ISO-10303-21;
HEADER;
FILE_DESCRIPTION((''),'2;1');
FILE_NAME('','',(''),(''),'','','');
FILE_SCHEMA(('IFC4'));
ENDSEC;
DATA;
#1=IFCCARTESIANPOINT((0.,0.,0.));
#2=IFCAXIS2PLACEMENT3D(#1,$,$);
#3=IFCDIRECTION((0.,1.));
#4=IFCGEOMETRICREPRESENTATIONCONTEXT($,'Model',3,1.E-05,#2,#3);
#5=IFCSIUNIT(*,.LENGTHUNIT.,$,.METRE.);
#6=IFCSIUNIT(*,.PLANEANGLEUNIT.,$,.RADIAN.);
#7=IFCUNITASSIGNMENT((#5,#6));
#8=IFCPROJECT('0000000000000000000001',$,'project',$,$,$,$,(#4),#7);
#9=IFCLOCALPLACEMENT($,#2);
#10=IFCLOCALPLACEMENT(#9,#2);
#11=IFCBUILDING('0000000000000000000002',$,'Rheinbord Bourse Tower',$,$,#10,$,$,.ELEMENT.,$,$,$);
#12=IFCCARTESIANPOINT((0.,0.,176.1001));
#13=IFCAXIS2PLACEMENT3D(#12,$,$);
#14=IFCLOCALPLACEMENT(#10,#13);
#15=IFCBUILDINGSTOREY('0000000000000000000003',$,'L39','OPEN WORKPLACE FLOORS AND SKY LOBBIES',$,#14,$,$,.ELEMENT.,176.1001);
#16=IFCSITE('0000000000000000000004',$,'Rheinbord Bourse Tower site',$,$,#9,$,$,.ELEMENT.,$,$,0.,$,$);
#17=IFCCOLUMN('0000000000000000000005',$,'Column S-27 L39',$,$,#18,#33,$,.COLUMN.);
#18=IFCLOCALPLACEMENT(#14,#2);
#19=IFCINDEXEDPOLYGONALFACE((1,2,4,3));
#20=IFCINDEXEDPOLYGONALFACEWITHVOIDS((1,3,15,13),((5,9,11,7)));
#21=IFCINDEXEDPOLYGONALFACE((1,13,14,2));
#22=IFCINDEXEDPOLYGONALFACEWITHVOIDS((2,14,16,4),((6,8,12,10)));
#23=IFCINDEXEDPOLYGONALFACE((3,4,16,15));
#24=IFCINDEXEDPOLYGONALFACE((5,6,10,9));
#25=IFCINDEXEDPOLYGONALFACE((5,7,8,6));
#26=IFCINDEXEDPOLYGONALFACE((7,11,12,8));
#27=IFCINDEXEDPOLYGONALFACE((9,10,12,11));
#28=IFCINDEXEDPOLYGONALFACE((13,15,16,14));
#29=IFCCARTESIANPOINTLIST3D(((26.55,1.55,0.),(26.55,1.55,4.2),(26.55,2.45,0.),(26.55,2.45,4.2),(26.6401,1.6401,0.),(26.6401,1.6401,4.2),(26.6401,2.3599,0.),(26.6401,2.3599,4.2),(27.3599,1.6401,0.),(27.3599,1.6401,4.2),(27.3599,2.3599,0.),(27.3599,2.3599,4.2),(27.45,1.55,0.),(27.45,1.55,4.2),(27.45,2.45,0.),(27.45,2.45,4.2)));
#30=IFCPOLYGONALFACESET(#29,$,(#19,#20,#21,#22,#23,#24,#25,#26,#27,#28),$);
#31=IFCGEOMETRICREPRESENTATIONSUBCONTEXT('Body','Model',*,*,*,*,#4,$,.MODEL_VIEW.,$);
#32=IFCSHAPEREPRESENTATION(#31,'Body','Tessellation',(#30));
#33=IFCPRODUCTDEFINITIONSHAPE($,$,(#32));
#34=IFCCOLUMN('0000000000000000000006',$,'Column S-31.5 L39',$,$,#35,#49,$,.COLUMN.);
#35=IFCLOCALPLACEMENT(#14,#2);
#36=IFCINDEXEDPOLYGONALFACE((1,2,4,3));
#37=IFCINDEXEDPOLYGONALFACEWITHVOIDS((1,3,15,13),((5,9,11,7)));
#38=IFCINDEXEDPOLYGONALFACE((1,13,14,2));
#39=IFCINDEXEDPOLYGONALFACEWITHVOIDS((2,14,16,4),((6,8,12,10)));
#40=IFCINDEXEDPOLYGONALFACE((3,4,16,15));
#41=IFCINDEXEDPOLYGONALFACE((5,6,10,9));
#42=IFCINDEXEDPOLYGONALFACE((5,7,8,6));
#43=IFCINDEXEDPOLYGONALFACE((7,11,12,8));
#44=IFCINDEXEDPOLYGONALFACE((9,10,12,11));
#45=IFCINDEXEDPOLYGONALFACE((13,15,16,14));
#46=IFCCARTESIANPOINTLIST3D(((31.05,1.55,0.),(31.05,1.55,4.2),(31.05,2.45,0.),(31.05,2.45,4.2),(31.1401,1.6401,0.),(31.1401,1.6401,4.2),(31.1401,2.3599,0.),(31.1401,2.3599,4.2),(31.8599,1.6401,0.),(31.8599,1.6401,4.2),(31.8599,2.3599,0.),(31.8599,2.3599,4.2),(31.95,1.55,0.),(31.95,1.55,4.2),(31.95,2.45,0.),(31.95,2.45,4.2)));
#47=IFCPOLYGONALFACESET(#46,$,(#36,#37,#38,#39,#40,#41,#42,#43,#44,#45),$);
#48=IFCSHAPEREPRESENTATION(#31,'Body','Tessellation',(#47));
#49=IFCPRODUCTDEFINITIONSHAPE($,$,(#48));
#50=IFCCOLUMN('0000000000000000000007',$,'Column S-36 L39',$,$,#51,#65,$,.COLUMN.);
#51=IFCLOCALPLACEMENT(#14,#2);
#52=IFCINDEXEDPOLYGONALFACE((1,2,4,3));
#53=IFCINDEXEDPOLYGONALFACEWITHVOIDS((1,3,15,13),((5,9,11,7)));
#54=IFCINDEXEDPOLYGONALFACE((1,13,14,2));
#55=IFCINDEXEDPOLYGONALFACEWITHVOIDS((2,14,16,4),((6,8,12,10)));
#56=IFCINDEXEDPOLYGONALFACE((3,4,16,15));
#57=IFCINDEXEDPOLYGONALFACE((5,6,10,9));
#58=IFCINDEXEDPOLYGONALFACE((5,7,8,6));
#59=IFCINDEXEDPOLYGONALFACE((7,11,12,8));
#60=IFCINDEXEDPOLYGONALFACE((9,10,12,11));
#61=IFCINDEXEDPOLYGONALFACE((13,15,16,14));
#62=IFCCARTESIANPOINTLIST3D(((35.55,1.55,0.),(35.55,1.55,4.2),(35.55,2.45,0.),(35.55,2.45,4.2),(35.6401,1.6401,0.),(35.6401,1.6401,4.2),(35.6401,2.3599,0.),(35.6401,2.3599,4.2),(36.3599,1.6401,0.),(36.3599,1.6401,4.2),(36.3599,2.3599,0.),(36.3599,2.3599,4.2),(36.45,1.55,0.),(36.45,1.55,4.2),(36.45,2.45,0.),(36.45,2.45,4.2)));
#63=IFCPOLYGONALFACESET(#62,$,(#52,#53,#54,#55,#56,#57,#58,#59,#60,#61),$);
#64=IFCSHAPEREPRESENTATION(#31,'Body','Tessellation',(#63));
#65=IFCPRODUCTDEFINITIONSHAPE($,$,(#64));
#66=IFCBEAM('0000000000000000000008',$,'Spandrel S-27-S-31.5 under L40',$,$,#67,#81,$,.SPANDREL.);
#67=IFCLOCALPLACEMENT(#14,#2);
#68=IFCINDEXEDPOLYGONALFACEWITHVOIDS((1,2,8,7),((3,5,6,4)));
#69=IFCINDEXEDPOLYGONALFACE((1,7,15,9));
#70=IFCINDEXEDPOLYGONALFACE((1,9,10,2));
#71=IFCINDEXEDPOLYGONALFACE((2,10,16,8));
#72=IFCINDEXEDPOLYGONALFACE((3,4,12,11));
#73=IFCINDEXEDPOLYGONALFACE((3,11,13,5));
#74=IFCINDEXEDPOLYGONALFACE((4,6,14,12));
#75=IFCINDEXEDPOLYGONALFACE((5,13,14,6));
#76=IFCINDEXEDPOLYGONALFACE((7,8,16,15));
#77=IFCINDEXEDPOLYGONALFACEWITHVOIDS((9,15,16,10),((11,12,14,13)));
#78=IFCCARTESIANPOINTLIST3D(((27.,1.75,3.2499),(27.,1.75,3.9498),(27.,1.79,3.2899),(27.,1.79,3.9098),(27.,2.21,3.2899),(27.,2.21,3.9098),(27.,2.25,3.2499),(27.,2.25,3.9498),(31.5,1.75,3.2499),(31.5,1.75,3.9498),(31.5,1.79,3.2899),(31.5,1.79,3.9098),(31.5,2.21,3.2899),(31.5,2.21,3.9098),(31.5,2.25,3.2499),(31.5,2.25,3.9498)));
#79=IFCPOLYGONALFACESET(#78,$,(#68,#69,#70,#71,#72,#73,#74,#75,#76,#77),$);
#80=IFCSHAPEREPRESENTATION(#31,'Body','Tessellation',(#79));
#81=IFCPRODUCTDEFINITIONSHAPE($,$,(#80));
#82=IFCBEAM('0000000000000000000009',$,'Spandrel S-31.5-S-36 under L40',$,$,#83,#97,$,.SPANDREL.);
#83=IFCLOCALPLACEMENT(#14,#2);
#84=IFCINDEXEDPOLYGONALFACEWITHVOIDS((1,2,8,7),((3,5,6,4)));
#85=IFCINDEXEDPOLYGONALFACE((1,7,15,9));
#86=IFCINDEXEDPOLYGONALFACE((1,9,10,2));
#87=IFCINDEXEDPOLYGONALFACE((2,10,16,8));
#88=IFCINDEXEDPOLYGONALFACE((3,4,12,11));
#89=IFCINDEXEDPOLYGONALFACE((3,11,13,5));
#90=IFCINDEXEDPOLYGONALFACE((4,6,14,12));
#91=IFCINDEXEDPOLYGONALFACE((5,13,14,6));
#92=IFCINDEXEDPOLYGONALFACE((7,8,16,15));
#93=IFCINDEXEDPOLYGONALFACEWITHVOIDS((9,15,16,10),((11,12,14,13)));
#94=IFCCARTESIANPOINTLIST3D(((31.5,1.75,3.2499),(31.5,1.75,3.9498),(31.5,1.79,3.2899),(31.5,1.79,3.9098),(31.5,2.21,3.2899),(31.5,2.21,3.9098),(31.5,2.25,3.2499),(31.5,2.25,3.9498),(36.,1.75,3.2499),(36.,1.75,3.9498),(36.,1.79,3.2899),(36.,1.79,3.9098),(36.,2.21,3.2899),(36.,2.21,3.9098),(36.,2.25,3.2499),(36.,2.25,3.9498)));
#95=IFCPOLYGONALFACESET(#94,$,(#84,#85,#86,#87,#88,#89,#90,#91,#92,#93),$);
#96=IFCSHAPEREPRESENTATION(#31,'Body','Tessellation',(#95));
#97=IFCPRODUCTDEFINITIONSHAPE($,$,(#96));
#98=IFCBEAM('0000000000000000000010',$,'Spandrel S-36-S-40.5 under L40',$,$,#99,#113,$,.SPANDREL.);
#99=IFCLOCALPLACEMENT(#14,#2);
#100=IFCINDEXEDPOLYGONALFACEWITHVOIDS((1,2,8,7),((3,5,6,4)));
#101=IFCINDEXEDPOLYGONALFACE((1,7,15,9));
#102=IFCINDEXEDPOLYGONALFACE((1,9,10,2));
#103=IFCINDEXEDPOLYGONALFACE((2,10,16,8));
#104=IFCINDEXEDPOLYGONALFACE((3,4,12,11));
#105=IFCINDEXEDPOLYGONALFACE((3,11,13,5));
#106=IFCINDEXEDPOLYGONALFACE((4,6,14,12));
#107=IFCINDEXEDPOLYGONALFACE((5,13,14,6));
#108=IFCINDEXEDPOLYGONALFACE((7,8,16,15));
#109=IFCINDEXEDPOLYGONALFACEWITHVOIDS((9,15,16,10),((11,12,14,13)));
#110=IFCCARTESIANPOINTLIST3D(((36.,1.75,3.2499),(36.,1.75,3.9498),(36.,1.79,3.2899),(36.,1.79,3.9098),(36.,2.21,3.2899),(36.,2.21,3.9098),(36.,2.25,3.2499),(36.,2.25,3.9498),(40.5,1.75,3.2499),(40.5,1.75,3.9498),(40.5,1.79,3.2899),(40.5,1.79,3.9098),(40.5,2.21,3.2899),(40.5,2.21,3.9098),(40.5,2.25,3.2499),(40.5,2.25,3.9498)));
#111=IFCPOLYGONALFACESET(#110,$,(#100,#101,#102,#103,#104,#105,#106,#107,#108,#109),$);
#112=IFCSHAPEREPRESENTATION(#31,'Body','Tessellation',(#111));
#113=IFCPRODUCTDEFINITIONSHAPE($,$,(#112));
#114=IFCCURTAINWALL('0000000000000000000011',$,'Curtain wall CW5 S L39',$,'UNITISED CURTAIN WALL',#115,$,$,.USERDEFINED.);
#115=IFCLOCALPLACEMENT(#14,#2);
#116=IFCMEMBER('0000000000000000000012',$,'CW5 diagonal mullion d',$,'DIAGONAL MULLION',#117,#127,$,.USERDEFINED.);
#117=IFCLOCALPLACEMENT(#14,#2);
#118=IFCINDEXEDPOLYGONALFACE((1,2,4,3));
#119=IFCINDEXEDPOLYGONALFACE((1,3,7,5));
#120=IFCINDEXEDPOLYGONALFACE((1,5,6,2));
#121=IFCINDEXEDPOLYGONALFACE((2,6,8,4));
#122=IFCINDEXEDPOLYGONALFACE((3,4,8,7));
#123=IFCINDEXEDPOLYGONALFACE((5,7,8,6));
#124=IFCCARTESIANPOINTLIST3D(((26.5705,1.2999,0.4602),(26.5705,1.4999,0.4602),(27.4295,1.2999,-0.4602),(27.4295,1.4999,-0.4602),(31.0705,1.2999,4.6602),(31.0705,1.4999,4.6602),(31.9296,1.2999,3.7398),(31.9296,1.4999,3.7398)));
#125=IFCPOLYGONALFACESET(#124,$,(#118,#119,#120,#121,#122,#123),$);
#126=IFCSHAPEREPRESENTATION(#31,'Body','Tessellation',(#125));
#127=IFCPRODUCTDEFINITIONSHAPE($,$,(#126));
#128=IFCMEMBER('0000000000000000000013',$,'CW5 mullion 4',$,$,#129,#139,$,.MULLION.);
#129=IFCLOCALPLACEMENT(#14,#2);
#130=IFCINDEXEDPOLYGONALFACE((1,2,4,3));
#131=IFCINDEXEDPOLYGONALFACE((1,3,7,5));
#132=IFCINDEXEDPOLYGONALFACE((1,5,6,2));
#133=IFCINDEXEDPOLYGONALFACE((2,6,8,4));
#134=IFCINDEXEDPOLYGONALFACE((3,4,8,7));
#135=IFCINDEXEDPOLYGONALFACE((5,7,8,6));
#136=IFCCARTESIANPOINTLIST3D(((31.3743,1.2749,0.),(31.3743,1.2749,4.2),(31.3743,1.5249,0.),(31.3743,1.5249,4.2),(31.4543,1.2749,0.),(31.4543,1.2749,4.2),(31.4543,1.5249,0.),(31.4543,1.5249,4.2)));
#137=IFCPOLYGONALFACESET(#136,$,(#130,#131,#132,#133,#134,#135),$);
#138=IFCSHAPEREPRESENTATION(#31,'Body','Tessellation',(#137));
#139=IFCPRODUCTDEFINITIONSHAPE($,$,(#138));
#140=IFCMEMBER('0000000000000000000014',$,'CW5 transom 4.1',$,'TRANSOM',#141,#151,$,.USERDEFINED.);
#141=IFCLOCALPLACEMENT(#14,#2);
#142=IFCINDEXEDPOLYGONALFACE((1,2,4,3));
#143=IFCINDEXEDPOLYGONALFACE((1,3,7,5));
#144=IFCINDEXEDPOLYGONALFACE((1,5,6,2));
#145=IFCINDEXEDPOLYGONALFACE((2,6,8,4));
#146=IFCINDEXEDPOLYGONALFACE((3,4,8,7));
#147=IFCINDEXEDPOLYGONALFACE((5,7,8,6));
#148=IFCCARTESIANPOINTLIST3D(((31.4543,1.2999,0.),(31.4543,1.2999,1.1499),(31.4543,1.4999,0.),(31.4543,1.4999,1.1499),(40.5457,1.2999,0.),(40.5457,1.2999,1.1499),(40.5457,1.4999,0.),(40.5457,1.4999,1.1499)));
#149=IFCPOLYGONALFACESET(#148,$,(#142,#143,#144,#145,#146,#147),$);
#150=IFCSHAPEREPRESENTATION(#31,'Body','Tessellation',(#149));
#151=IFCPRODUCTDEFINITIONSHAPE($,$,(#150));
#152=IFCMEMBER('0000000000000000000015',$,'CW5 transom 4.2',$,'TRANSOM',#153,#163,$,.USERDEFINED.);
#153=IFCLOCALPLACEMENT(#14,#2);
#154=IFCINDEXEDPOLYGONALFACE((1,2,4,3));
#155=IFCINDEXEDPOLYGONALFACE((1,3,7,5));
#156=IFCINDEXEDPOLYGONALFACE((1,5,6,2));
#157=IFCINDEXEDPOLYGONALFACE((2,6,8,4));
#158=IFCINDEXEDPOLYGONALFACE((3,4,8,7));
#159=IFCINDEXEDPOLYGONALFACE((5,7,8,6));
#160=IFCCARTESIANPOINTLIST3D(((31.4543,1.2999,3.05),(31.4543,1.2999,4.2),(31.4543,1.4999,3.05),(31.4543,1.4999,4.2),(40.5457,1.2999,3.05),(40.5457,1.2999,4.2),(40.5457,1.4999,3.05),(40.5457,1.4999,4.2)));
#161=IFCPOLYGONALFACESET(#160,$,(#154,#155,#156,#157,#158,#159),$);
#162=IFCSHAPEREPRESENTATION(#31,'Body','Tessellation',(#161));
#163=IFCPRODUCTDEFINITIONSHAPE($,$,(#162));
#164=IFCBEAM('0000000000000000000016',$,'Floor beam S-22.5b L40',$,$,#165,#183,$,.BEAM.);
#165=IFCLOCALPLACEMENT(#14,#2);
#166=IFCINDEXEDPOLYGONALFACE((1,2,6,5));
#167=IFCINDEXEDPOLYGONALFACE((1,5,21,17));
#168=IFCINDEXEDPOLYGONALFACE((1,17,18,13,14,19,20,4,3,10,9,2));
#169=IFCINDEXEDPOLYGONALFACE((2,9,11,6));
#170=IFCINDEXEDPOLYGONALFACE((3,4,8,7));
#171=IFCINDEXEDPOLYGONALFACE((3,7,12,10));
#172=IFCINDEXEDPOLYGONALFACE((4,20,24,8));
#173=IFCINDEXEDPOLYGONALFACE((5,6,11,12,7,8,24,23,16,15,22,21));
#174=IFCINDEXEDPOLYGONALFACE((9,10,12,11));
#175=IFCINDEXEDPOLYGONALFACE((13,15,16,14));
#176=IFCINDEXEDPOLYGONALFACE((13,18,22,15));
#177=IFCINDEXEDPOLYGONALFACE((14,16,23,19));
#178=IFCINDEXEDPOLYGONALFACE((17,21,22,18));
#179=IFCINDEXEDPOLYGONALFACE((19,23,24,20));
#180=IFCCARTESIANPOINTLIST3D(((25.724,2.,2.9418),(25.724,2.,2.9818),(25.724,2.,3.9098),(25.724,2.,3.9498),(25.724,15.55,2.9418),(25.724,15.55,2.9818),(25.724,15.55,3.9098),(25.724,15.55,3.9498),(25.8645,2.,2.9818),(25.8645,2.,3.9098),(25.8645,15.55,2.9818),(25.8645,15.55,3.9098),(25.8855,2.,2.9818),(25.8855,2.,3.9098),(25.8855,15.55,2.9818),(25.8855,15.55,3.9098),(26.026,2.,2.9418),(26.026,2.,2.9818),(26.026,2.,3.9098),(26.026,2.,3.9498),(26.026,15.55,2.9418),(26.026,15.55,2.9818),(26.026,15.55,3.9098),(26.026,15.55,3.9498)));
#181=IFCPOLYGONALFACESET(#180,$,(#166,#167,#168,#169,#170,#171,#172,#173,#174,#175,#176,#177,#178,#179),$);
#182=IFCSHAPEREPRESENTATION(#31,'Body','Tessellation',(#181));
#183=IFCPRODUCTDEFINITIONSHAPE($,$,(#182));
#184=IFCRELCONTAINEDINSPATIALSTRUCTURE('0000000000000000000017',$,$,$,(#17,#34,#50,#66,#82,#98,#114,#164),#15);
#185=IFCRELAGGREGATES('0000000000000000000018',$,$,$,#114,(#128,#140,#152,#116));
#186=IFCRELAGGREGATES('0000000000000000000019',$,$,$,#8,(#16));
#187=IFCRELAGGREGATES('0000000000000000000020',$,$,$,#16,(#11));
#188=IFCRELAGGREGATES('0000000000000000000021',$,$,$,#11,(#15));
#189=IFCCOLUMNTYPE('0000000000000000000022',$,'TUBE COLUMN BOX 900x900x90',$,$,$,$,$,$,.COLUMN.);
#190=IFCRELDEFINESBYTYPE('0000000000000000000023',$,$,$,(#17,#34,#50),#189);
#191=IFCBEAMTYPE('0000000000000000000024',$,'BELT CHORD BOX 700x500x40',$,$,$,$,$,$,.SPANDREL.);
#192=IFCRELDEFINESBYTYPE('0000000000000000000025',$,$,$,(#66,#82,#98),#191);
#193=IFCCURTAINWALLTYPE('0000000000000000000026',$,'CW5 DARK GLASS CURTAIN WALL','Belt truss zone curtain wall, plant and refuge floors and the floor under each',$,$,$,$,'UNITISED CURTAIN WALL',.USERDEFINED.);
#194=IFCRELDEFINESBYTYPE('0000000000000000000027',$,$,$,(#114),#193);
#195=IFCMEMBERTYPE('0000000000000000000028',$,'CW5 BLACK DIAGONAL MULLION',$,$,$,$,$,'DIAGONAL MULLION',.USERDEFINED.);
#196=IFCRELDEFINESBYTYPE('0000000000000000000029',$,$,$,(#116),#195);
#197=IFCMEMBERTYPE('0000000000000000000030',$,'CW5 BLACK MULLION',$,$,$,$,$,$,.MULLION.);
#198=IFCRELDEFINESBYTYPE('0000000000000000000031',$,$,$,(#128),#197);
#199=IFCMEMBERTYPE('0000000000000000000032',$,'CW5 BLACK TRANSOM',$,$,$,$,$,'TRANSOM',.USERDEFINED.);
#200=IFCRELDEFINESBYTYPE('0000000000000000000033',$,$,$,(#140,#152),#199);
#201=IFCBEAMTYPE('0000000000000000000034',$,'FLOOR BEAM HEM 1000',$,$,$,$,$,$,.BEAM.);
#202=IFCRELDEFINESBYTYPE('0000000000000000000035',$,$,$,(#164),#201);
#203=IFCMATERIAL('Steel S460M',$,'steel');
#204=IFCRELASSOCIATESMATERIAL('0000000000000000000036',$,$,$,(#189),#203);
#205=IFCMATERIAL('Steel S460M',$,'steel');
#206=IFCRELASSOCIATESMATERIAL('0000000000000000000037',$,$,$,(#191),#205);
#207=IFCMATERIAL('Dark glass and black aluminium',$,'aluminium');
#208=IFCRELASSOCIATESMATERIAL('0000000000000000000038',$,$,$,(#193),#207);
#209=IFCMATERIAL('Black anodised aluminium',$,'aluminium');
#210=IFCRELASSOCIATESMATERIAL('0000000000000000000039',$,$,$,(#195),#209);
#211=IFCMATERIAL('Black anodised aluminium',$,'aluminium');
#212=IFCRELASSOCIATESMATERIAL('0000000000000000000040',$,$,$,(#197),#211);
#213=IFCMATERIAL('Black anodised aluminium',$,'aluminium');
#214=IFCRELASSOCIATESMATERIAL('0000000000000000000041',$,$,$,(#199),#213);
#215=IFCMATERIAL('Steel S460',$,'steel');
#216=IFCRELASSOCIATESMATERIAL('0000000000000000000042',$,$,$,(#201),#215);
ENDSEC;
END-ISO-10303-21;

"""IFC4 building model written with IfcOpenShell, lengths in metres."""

from ifc_helpers import new_model, si_unit, direction, frame, origin, origin_2d, place, context, subcontext, project, spatial, rectangle, hollow_rectangle, i_section, extrude, material, material_profile, profile_set, type_object, element, aggregate, save


model = new_model("IFC4")

# Units and contexts
model_context = context("Model", 3, precision=1e-05, world=origin(), true_north=direction((0.0, 1.0)))
body_context = subcontext(model_context, "Body", "Model", "MODEL_VIEW")
ifc_project = project(units=[si_unit("LENGTHUNIT", "METRE"), si_unit("PLANEANGLEUNIT", "RADIAN")], contexts=[model_context])

# Site, building, storey
site_placement = place(None, origin())
site = spatial("IfcSite", under=ifc_project, at=site_placement, Name="Rheinbord Bourse Tower site", CompositionType="ELEMENT", RefElevation=0.0)
building_placement = place(site_placement, origin())
building = spatial("IfcBuilding", under=site, at=building_placement, Name="Rheinbord Bourse Tower", CompositionType="ELEMENT")
storey_placement = place(building_placement, frame((0.0, 0.0, 176.1001)))
storey = spatial("IfcBuildingStorey", under=building, at=storey_placement, Name="L39", Description="OPEN WORKPLACE FLOORS AND SKY LOBBIES", CompositionType="ELEMENT", Elevation=176.1001)

# Columns
ifc_material_1 = material(Name="Steel S460M", Category="steel")
ifc_material_profile_1 = material_profile(ifc_material_1, hollow_rectangle(XDim=0.8999, YDim=0.8999, WallThickness=0.0901, at=origin_2d()), Name="BOX 900x900x90")
ifc_profile_set_1 = profile_set([ifc_material_profile_1], Name="Steel S460M")
column_type = type_object("IfcColumnType", Name="TUBE COLUMN BOX 900x900x90", PredefinedType="COLUMN", material=ifc_profile_set_1)
for number, where, z_axis, x_axis, name in (
    (1, (27.0, 2.0, 0.0), (0.0, 0.0, 1.0), (0.0, 1.0, 0.0), "Column S-27 L39"),
    (2, (31.5, 2.0, 0.0), (0.0, 0.0, 1.0), (0.0, 1.0, 0.0), "Column S-31.5 L39"),
    (3, (36.0, 2.0, 0.0), (0.0, 0.0, 1.0), (0.0, 1.0, 0.0), "Column S-36 L39"),
):
    element("IfcColumn", number, at=place(storey_placement, frame(where, z_axis=z_axis, x_axis=x_axis)), inside=storey, type_object=column_type, Name=name, PredefinedType="COLUMN", context=body_context, shape_type="SweptSolid", body=[
        extrude(hollow_rectangle(XDim=0.8999, YDim=0.8999, WallThickness=0.0901, at=origin_2d()), origin(), (0.0, 0.0, 1.0), 4.2),
    ])

# Beams
ifc_material_2 = material(Name="Steel S460M", Category="steel")
ifc_material_profile_2 = material_profile(ifc_material_2, hollow_rectangle(XDim=0.5, YDim=0.7, WallThickness=0.04, at=origin_2d()), Name="BOX 700x500x40")
ifc_profile_set_2 = profile_set([ifc_material_profile_2], Name="Steel S460M")
beam_type_1 = type_object("IfcBeamType", Name="BELT CHORD BOX 700x500x40", PredefinedType="SPANDREL", material=ifc_profile_set_2)
for number, where, z_axis, x_axis, name in (
    (4, (27.0, 2.0, 3.5999), (1.0, 0.0, 0.0), (0.0, 1.0, 0.0), "Spandrel S-27-S-31.5 under L40"),
    (5, (31.5, 2.0, 3.5999), (1.0, 0.0, 0.0), (0.0, 1.0, 0.0), "Spandrel S-31.5-S-36 under L40"),
    (6, (36.0, 2.0, 3.5999), (1.0, 0.0, 0.0), (0.0, 1.0, 0.0), "Spandrel S-36-S-40.5 under L40"),
):
    element("IfcBeam", number, at=place(storey_placement, frame(where, z_axis=z_axis, x_axis=x_axis)), inside=storey, type_object=beam_type_1, Name=name, PredefinedType="SPANDREL", context=body_context, shape_type="SweptSolid", body=[
        extrude(hollow_rectangle(XDim=0.5, YDim=0.7, WallThickness=0.04, at=origin_2d()), origin(), (0.0, 0.0, 1.0), 4.5),
    ])

# Curtain wall, members
ifc_material_3 = material(Name="Dark glass and black aluminium", Category="aluminium")
curtain_wall_type = type_object("IfcCurtainWallType", Name="CW5 DARK GLASS CURTAIN WALL", Description="Belt truss zone curtain wall, plant and refuge floors and the floor under each", ElementType="UNITISED CURTAIN WALL", PredefinedType="USERDEFINED", material=ifc_material_3)
curtain_wall_placement = place(storey_placement, origin())
curtain_wall = element("IfcCurtainWall", 7, at=curtain_wall_placement, inside=storey, type_object=curtain_wall_type, Name="Curtain wall CW5 S L39", ObjectType="UNITISED CURTAIN WALL", PredefinedType="USERDEFINED")
ifc_material_4 = material(Name="Black anodised aluminium", Category="aluminium")
ifc_material_profile_3 = material_profile(ifc_material_4, rectangle(XDim=0.2, YDim=1.259, at=origin_2d()), Name="CW5 DIAGONAL MULLION 1259x200")
ifc_profile_set_3 = profile_set([ifc_material_profile_3], Name="Black anodised aluminium")
member_type_1 = type_object("IfcMemberType", Name="CW5 BLACK DIAGONAL MULLION", ElementType="DIAGONAL MULLION", PredefinedType="USERDEFINED", material=ifc_profile_set_3)
member_1_placement = place(storey_placement, frame((27.0, 1.3999, 0.0), z_axis=(0.731059, 0.0, 0.682314), x_axis=(0.0, 1.0, 0.0)))
member_1 = element("IfcMember", 8, at=member_1_placement, type_object=member_type_1, Name="CW5 diagonal mullion d", ObjectType="DIAGONAL MULLION", PredefinedType="USERDEFINED", context=body_context, shape_type="SweptSolid", body=[
    extrude(rectangle(XDim=0.2, YDim=1.259, at=origin_2d()), origin(), (0.0, 0.0, 1.0), 6.1555),
])
ifc_material_5 = material(Name="Black anodised aluminium", Category="aluminium")
ifc_material_profile_4 = material_profile(ifc_material_5, rectangle(XDim=0.25, YDim=0.0801, at=origin_2d()), Name="CW5 MULLION 80x250")
ifc_profile_set_4 = profile_set([ifc_material_profile_4], Name="Black anodised aluminium")
member_type_2 = type_object("IfcMemberType", Name="CW5 BLACK MULLION", PredefinedType="MULLION", material=ifc_profile_set_4)
member_2_placement = place(storey_placement, frame((31.4143, 1.3999, 0.0), z_axis=(0.0, 0.0, 1.0), x_axis=(0.0, 1.0, 0.0)))
member_2 = element("IfcMember", 9, at=member_2_placement, type_object=member_type_2, Name="CW5 mullion 4", PredefinedType="MULLION", context=body_context, shape_type="SweptSolid", body=[
    extrude(rectangle(XDim=0.25, YDim=0.0801, at=origin_2d()), origin(), (0.0, 0.0, 1.0), 4.2),
])
ifc_material_6 = material(Name="Black anodised aluminium", Category="aluminium")
ifc_material_profile_5 = material_profile(ifc_material_6, rectangle(XDim=0.2, YDim=1.1499, at=origin_2d()), Name="CW5 TRANSOM 1150x200")
ifc_profile_set_5 = profile_set([ifc_material_profile_5], Name="Black anodised aluminium")
member_type_3 = type_object("IfcMemberType", Name="CW5 BLACK TRANSOM", ElementType="TRANSOM", PredefinedType="USERDEFINED", material=ifc_profile_set_5)
member_3_placement = place(storey_placement, frame((31.4543, 1.3999, 0.575), z_axis=(1.0, 0.0, 0.0), x_axis=(0.0, 1.0, 0.0)))
member_3 = element("IfcMember", 10, at=member_3_placement, type_object=member_type_3, Name="CW5 transom 4.1", ObjectType="TRANSOM", PredefinedType="USERDEFINED", context=body_context, shape_type="SweptSolid", body=[
    extrude(rectangle(XDim=0.2, YDim=1.1499, at=origin_2d()), origin(), (0.0, 0.0, 1.0), 9.0913),
])
member_4_placement = place(storey_placement, frame((31.4543, 1.3999, 3.625), z_axis=(1.0, 0.0, 0.0), x_axis=(0.0, 1.0, 0.0)))
member_4 = element("IfcMember", 11, at=member_4_placement, type_object=member_type_3, Name="CW5 transom 4.2", ObjectType="TRANSOM", PredefinedType="USERDEFINED", context=body_context, shape_type="SweptSolid", body=[
    extrude(rectangle(XDim=0.2, YDim=1.1499, at=origin_2d()), origin(), (0.0, 0.0, 1.0), 9.0913),
])

# Beam
ifc_material_7 = material(Name="Steel S460", Category="steel")
ifc_material_profile_6 = material_profile(ifc_material_7, i_section(OverallWidth=0.302, OverallDepth=1.0081, WebThickness=0.021, FlangeThickness=0.04, at=origin_2d()), Name="HEM 1000")
ifc_profile_set_6 = profile_set([ifc_material_profile_6], Name="Steel S460")
beam_type_2 = type_object("IfcBeamType", Name="FLOOR BEAM HEM 1000", PredefinedType="BEAM", material=ifc_profile_set_6)
for number, where, z_axis, x_axis, name in (
    (12, (25.875, 2.0, 3.4458), (0.0, 1.0, 0.0), (-1.0, 0.0, 0.0), "Floor beam S-22.5b L40"),
):
    element("IfcBeam", number, at=place(storey_placement, frame(where, z_axis=z_axis, x_axis=x_axis)), inside=storey, type_object=beam_type_2, Name=name, PredefinedType="BEAM", context=body_context, shape_type="SweptSolid", body=[
        extrude(i_section(OverallWidth=0.302, OverallDepth=1.0081, WebThickness=0.021, FlangeThickness=0.04, at=origin_2d()), origin(), (0.0, 0.0, 1.0), 13.55),
    ])

aggregate(curtain_wall, [member_2, member_3, member_4, member_1])

save(model, "model.ifc")
